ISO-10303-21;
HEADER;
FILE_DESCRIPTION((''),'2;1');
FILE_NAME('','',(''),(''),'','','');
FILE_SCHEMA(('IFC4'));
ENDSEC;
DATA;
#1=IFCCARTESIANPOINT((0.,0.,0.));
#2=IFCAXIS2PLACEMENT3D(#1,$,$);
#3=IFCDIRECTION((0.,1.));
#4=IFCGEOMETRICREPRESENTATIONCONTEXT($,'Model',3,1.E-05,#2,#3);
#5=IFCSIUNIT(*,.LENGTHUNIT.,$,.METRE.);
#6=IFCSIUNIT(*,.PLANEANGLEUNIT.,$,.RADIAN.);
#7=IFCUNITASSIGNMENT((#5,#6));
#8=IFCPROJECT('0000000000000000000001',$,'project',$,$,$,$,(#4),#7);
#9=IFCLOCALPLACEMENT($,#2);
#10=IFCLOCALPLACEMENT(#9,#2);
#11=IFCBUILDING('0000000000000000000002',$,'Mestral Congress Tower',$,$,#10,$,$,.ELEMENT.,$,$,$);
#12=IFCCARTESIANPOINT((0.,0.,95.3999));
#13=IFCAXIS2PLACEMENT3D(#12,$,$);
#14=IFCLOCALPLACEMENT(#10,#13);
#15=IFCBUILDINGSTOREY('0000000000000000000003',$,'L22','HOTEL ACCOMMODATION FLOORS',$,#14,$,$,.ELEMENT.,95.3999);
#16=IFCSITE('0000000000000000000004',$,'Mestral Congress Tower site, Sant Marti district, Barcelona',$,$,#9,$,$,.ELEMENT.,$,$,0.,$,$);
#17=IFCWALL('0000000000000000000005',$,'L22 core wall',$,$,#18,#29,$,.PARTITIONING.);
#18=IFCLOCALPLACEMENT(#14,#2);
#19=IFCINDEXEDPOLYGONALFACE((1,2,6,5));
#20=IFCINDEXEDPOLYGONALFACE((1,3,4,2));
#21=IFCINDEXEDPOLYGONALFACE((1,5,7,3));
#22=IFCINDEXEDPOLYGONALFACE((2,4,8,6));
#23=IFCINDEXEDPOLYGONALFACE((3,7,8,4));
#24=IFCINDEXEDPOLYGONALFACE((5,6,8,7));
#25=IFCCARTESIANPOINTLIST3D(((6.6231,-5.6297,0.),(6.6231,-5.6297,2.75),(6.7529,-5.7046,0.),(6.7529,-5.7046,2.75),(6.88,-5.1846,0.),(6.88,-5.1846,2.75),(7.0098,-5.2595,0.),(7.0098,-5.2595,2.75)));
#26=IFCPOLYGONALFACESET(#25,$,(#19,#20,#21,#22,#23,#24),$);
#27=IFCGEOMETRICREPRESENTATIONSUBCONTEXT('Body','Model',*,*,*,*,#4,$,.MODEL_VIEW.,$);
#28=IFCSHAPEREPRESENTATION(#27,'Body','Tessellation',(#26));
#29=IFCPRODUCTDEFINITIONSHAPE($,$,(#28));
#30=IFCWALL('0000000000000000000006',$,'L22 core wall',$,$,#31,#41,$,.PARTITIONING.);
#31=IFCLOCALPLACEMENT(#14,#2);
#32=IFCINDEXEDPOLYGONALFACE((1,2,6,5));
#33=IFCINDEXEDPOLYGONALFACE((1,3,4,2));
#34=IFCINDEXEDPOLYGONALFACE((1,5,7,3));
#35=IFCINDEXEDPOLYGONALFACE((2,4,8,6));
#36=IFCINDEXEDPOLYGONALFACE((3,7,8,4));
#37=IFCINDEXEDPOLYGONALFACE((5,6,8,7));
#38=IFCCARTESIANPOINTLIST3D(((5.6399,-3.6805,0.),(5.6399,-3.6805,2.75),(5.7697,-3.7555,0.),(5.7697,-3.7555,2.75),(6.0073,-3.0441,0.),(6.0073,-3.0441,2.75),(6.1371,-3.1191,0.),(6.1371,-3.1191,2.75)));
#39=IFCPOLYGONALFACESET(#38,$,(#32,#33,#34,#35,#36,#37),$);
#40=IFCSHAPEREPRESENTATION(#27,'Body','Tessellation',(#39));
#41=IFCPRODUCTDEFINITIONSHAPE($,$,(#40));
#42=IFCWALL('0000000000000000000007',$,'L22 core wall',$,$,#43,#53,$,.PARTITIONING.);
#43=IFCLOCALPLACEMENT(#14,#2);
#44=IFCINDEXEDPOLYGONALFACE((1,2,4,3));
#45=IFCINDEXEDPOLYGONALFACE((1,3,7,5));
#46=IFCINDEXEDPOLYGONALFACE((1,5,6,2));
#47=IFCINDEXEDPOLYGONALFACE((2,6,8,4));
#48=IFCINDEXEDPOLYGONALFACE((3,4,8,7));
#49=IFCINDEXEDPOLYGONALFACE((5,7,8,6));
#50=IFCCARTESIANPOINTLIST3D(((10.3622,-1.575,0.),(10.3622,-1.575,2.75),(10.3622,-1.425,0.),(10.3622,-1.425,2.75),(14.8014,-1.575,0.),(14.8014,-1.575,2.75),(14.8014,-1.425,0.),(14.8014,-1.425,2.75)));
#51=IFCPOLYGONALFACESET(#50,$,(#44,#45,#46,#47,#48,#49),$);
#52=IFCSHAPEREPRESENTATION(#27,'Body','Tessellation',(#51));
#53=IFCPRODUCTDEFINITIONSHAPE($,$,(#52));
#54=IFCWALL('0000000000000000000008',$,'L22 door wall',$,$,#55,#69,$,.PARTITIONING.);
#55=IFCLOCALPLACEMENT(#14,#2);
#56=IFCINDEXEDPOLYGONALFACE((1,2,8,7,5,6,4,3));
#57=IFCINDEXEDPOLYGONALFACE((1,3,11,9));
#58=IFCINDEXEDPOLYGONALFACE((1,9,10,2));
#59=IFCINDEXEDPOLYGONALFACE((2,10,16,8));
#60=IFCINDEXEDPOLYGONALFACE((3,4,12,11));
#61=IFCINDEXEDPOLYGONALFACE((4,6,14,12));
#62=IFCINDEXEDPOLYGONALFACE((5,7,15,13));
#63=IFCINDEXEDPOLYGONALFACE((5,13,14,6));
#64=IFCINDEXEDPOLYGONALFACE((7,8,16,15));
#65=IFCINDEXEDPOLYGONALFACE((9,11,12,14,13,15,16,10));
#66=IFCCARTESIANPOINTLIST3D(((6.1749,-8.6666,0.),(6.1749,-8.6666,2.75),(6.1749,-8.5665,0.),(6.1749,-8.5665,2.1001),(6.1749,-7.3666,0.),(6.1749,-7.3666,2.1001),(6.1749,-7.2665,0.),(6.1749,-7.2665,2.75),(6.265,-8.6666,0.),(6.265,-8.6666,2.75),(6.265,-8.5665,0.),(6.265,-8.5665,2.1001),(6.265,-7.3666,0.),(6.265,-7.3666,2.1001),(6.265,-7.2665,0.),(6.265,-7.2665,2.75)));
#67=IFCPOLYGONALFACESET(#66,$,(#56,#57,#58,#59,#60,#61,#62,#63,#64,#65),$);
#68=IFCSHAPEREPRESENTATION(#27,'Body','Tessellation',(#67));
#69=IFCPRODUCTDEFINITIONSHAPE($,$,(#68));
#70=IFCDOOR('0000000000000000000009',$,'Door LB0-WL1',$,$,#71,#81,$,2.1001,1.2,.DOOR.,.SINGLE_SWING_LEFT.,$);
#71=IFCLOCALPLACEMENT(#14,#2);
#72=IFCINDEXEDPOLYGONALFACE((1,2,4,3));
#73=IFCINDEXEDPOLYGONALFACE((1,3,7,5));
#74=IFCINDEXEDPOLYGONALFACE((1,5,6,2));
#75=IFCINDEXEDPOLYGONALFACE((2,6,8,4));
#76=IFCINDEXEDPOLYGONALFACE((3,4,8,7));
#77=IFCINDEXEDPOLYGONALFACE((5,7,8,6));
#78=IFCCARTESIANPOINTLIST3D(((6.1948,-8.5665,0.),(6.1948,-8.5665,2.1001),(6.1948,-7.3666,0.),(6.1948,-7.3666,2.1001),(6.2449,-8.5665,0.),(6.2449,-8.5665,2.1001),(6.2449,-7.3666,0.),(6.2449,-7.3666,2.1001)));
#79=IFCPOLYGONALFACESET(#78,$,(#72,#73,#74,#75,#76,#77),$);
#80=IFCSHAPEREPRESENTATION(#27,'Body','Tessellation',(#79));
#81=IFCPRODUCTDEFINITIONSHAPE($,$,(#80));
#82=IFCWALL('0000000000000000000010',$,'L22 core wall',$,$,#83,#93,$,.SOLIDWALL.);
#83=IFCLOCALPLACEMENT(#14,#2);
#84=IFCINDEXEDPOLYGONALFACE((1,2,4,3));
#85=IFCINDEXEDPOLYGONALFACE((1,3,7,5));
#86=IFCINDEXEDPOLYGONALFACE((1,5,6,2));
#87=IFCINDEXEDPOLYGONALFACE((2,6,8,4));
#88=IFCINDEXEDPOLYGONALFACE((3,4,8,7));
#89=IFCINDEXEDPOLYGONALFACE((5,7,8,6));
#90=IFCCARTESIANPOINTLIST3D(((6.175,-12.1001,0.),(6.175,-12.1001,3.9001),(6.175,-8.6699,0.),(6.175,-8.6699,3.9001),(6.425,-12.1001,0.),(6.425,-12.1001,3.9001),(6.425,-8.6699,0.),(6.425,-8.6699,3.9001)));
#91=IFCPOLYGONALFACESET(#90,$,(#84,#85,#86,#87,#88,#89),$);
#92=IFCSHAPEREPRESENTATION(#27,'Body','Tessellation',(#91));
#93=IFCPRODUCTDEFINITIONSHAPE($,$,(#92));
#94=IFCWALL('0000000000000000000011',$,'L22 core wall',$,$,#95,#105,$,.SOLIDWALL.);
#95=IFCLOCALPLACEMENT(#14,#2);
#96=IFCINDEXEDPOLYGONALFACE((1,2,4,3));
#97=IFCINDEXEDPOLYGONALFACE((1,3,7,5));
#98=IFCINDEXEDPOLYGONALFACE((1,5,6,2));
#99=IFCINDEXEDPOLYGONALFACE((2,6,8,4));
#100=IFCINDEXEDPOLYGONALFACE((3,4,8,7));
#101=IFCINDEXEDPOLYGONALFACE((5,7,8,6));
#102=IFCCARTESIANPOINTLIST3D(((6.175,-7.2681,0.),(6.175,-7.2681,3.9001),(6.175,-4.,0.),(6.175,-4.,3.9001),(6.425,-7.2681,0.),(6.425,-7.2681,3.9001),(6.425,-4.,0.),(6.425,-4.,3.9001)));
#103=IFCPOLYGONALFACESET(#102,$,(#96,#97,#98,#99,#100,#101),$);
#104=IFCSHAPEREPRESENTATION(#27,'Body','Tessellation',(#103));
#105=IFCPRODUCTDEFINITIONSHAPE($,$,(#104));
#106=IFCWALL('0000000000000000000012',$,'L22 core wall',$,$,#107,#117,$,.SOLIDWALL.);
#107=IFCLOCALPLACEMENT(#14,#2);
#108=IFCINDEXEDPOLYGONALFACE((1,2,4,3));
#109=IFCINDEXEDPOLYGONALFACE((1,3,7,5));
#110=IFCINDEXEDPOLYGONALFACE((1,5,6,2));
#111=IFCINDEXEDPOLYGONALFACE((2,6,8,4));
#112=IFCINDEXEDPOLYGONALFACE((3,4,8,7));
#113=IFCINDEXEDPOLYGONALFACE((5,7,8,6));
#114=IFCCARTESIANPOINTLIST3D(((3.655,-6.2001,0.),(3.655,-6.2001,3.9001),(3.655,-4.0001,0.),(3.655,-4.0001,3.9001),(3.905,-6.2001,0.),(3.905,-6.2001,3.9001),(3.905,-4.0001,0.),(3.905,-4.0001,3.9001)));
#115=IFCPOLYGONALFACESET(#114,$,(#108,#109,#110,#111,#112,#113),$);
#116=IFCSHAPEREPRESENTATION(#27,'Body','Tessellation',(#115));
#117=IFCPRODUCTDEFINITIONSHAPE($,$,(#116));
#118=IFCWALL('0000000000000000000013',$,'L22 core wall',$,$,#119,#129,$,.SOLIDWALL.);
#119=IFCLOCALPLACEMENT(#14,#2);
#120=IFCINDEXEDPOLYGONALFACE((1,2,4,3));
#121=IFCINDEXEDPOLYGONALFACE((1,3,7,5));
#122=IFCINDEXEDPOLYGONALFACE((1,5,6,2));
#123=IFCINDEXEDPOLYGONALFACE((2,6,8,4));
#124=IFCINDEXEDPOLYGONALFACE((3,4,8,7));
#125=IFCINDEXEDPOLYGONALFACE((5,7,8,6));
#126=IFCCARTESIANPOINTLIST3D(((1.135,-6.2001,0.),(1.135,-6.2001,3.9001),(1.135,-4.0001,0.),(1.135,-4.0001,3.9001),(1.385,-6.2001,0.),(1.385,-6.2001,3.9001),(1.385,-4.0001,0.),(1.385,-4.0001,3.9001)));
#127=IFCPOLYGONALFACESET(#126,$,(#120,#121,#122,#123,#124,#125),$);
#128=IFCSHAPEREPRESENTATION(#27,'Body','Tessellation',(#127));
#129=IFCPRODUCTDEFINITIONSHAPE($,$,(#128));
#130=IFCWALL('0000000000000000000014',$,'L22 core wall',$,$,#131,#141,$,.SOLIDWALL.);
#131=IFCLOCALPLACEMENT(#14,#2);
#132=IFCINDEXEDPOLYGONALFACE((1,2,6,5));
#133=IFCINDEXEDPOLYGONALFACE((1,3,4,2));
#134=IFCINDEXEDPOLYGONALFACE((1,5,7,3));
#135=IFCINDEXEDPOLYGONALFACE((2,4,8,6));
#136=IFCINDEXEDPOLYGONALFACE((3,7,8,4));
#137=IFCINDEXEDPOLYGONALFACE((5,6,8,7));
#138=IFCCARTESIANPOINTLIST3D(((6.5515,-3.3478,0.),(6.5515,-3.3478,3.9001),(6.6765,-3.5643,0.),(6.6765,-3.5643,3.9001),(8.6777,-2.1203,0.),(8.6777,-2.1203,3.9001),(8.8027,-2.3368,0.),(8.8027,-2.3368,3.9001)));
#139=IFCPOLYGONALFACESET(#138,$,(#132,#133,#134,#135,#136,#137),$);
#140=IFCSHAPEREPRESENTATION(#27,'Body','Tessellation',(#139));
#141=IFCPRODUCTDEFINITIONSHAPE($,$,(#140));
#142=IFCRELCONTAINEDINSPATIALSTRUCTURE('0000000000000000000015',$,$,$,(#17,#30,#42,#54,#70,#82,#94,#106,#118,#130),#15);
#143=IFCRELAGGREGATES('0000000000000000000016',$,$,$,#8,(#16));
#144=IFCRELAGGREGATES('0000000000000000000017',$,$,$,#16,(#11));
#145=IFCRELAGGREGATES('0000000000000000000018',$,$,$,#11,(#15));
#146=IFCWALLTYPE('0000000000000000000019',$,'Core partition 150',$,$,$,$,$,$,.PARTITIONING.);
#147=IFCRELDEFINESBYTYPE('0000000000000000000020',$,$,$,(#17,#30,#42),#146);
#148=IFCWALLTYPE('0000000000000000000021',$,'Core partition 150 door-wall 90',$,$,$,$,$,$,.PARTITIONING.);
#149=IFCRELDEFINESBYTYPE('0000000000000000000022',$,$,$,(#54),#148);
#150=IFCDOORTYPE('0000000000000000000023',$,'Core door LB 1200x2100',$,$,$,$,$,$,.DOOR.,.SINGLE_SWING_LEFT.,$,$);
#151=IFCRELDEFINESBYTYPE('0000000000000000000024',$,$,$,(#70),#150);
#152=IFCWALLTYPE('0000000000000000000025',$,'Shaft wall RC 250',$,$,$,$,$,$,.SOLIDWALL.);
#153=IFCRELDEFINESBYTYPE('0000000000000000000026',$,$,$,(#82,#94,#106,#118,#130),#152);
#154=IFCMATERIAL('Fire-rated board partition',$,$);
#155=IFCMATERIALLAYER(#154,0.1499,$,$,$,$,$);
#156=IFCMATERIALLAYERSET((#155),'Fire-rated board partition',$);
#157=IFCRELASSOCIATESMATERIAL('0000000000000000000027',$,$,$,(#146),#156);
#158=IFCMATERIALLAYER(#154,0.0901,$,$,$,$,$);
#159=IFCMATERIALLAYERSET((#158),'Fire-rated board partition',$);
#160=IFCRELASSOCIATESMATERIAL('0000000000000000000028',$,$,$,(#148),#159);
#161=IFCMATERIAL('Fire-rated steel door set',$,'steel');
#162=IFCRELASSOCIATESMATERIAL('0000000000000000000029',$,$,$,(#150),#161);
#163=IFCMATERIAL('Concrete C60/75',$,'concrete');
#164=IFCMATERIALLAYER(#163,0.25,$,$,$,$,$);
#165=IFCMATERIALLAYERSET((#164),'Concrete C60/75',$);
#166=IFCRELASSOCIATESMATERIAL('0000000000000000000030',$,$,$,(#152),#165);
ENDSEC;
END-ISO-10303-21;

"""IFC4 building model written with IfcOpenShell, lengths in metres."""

from ifc_helpers import new_model, si_unit, direction, frame, frame_2d, origin, place, context, subcontext, project, spatial, rectangle, extrude, material, layer, layer_set, type_object, element, fill, save


model = new_model("IFC4")

# Units and contexts
model_context = context("Model", 3, precision=1e-05, world=origin(), true_north=direction((0.0, 1.0)))
body_context = subcontext(model_context, "Body", "Model", "MODEL_VIEW")
ifc_project = project(units=[si_unit("LENGTHUNIT", "METRE"), si_unit("PLANEANGLEUNIT", "RADIAN")], contexts=[model_context])

# Site, building, storey
site_placement = place(None, origin())
site = spatial("IfcSite", under=ifc_project, at=site_placement, Name="Mestral Congress Tower site, Sant Marti district, Barcelona", CompositionType="ELEMENT", RefElevation=0.0)
building_placement = place(site_placement, origin())
building = spatial("IfcBuilding", under=site, at=building_placement, Name="Mestral Congress Tower", CompositionType="ELEMENT")
storey_placement = place(building_placement, frame((0.0, 0.0, 95.3999)))
storey = spatial("IfcBuildingStorey", under=building, at=storey_placement, Name="L22", Description="HOTEL ACCOMMODATION FLOORS", CompositionType="ELEMENT", Elevation=95.3999)

# Walls
ifc_material_1 = material(Name="Fire-rated board partition")
ifc_layer_1 = layer(ifc_material_1, 0.1499)
ifc_layer_set_1 = layer_set([ifc_layer_1], Name="Fire-rated board partition")
wall_type_1 = type_object("IfcWallType", Name="Core partition 150", PredefinedType="PARTITIONING", material=ifc_layer_set_1)
wall_1_placement = place(storey_placement, frame((6.9448, -5.2222, 0.0), z_axis=(0.0, 0.0, 1.0), x_axis=(-0.499818, -0.86613, 0.0)))
element("IfcWall", 1, at=wall_1_placement, inside=storey, type_object=wall_type_1, Name="L22 core wall", PredefinedType="PARTITIONING", context=body_context, shape_type="SweptSolid", body=[
    extrude(rectangle(XDim=0.5139, YDim=0.1499, at=frame_2d((0.2568, 0.0))), origin(), (0.0, 0.0, 1.0), 2.75),
])
wall_2_placement = place(storey_placement, frame((5.7048, -3.718, 0.0), z_axis=(0.0, 0.0, 1.0), x_axis=(0.499962, 0.866047, 0.0)))
element("IfcWall", 2, at=wall_2_placement, inside=storey, type_object=wall_type_1, Name="L22 core wall", PredefinedType="PARTITIONING", context=body_context, shape_type="SweptSolid", body=[
    extrude(rectangle(XDim=0.7349, YDim=0.1499, at=frame_2d((0.3674, 0.0))), origin(), (0.0, 0.0, 1.0), 2.75),
])
wall_3_placement = place(storey_placement, frame((10.3621, -1.5, 0.0), z_axis=(0.0, 0.0, 1.0), x_axis=(1.0, 0.0, 0.0)))
element("IfcWall", 3, at=wall_3_placement, inside=storey, type_object=wall_type_1, Name="L22 core wall", PredefinedType="PARTITIONING", context=body_context, shape_type="SweptSolid", body=[
    extrude(rectangle(XDim=4.4392, YDim=0.1499, at=frame_2d((2.2197, 0.0))), origin(), (0.0, 0.0, 1.0), 2.75),
])

# Wall, opening, door
ifc_layer_2 = layer(ifc_material_1, 0.0901)
ifc_layer_set_2 = layer_set([ifc_layer_2], Name="Fire-rated board partition")
wall_type_2 = type_object("IfcWallType", Name="Core partition 150 door-wall 90", PredefinedType="PARTITIONING", material=ifc_layer_set_2)
wall_4_placement = place(storey_placement, frame((6.22, -7.2664, 0.0), z_axis=(0.0, 0.0, 1.0), x_axis=(0.0, -1.0, 0.0)))
wall_4 = element("IfcWall", 4, at=wall_4_placement, inside=storey, type_object=wall_type_2, Name="L22 door wall", PredefinedType="PARTITIONING", context=body_context, shape_type="SweptSolid", body=[
    extrude(rectangle(XDim=1.4001, YDim=0.0901, at=frame_2d((0.7002, 0.0))), origin(), (0.0, 0.0, 1.0), 2.75),
])
opening_1_placement = place(wall_4_placement, frame((0.1001, 0.0, 0.0)))
opening_1 = element("IfcOpeningElement", 5, at=opening_1_placement, cuts=wall_4, PredefinedType="OPENING", context=body_context, shape_type="SweptSolid", body=[
    extrude(rectangle(XDim=1.2, YDim=2.1001, at=frame_2d((0.6001, 1.05))), frame((0.0, 0.0549, 0.0), z_axis=(0.0, -1.0, 0.0), x_axis=(1.0, 0.0, 0.0)), (0.0, 0.0, 1.0), 0.1101),
])
ifc_material_2 = material(Name="Fire-rated steel door set", Category="steel")
door_type_1 = type_object("IfcDoorType", Name="Core door LB 1200x2100", OperationType="SINGLE_SWING_LEFT", PredefinedType="DOOR", material=ifc_material_2)
door_1_placement = place(opening_1_placement, origin())
door_1 = element("IfcDoor", 6, at=door_1_placement, inside=storey, type_object=door_type_1, Name="Door LB0-WL1", OperationType="SINGLE_SWING_LEFT", OverallHeight=2.1001, OverallWidth=1.2, PredefinedType="DOOR", context=body_context, shape_type="SweptSolid", body=[
    extrude(rectangle(XDim=1.2, YDim=2.1001, at=frame_2d((0.6001, 1.05))), frame((0.0, 0.0249, 0.0), z_axis=(0.0, -1.0, 0.0), x_axis=(1.0, 0.0, 0.0)), (0.0, 0.0, 1.0), 0.05),
])
fill(opening_1, door_1)

# Walls
ifc_material_3 = material(Name="Concrete C60/75", Category="concrete")
ifc_layer_3 = layer(ifc_material_3, 0.25)
ifc_layer_set_3 = layer_set([ifc_layer_3], Name="Concrete C60/75")
wall_type_3 = type_object("IfcWallType", Name="Shaft wall RC 250", PredefinedType="SOLIDWALL", material=ifc_layer_set_3)
wall_5_placement = place(storey_placement, frame((6.3, -8.6699, 0.0), z_axis=(0.0, 0.0, 1.0), x_axis=(0.0, -1.0, 0.0)))
element("IfcWall", 7, at=wall_5_placement, inside=storey, type_object=wall_type_3, Name="L22 core wall", PredefinedType="SOLIDWALL", context=body_context, shape_type="SweptSolid", body=[
    extrude(rectangle(XDim=3.4302, YDim=0.25, at=frame_2d((1.7151, 0.0))), origin(), (0.0, 0.0, 1.0), 3.9001),
])
wall_6_placement = place(storey_placement, frame((6.3, -7.2681, 0.0), z_axis=(0.0, 0.0, 1.0), x_axis=(0.0, 1.0, 0.0)))
element("IfcWall", 8, at=wall_6_placement, inside=storey, type_object=wall_type_3, Name="L22 core wall", PredefinedType="SOLIDWALL", context=body_context, shape_type="SweptSolid", body=[
    extrude(rectangle(XDim=3.2681, YDim=0.25, at=frame_2d((1.634, 0.0))), origin(), (0.0, 0.0, 1.0), 3.9001),
])
for number, where, z_axis, x_axis, name in (
    (9, (3.78, -4.0, 0.0), (0.0, 0.0, 1.0), (0.0, -1.0, 0.0), "L22 core wall"),
    (10, (1.26, -4.0, 0.0), (0.0, 0.0, 1.0), (0.0, -1.0, 0.0), "L22 core wall"),
):
    element("IfcWall", number, at=place(storey_placement, frame(where, z_axis=z_axis, x_axis=x_axis)), inside=storey, type_object=wall_type_3, Name=name, PredefinedType="SOLIDWALL", context=body_context, shape_type="SweptSolid", body=[
        extrude(rectangle(XDim=2.2, YDim=0.25, at=frame_2d((1.1001, 0.0))), origin(), (0.0, 0.0, 1.0), 3.9001),
    ])
wall_7_placement = place(storey_placement, frame((6.614, -3.4561, 0.0), z_axis=(0.0, 0.0, 1.0), x_axis=(0.866032, 0.499989, 0.0)))
element("IfcWall", 11, at=wall_7_placement, inside=storey, type_object=wall_type_3, Name="L22 core wall", PredefinedType="SOLIDWALL", context=body_context, shape_type="SweptSolid", body=[
    extrude(rectangle(XDim=2.4551, YDim=0.25, at=frame_2d((1.2275, 0.0))), origin(), (0.0, 0.0, 1.0), 3.9001),
])

save(model, "model.ifc")
